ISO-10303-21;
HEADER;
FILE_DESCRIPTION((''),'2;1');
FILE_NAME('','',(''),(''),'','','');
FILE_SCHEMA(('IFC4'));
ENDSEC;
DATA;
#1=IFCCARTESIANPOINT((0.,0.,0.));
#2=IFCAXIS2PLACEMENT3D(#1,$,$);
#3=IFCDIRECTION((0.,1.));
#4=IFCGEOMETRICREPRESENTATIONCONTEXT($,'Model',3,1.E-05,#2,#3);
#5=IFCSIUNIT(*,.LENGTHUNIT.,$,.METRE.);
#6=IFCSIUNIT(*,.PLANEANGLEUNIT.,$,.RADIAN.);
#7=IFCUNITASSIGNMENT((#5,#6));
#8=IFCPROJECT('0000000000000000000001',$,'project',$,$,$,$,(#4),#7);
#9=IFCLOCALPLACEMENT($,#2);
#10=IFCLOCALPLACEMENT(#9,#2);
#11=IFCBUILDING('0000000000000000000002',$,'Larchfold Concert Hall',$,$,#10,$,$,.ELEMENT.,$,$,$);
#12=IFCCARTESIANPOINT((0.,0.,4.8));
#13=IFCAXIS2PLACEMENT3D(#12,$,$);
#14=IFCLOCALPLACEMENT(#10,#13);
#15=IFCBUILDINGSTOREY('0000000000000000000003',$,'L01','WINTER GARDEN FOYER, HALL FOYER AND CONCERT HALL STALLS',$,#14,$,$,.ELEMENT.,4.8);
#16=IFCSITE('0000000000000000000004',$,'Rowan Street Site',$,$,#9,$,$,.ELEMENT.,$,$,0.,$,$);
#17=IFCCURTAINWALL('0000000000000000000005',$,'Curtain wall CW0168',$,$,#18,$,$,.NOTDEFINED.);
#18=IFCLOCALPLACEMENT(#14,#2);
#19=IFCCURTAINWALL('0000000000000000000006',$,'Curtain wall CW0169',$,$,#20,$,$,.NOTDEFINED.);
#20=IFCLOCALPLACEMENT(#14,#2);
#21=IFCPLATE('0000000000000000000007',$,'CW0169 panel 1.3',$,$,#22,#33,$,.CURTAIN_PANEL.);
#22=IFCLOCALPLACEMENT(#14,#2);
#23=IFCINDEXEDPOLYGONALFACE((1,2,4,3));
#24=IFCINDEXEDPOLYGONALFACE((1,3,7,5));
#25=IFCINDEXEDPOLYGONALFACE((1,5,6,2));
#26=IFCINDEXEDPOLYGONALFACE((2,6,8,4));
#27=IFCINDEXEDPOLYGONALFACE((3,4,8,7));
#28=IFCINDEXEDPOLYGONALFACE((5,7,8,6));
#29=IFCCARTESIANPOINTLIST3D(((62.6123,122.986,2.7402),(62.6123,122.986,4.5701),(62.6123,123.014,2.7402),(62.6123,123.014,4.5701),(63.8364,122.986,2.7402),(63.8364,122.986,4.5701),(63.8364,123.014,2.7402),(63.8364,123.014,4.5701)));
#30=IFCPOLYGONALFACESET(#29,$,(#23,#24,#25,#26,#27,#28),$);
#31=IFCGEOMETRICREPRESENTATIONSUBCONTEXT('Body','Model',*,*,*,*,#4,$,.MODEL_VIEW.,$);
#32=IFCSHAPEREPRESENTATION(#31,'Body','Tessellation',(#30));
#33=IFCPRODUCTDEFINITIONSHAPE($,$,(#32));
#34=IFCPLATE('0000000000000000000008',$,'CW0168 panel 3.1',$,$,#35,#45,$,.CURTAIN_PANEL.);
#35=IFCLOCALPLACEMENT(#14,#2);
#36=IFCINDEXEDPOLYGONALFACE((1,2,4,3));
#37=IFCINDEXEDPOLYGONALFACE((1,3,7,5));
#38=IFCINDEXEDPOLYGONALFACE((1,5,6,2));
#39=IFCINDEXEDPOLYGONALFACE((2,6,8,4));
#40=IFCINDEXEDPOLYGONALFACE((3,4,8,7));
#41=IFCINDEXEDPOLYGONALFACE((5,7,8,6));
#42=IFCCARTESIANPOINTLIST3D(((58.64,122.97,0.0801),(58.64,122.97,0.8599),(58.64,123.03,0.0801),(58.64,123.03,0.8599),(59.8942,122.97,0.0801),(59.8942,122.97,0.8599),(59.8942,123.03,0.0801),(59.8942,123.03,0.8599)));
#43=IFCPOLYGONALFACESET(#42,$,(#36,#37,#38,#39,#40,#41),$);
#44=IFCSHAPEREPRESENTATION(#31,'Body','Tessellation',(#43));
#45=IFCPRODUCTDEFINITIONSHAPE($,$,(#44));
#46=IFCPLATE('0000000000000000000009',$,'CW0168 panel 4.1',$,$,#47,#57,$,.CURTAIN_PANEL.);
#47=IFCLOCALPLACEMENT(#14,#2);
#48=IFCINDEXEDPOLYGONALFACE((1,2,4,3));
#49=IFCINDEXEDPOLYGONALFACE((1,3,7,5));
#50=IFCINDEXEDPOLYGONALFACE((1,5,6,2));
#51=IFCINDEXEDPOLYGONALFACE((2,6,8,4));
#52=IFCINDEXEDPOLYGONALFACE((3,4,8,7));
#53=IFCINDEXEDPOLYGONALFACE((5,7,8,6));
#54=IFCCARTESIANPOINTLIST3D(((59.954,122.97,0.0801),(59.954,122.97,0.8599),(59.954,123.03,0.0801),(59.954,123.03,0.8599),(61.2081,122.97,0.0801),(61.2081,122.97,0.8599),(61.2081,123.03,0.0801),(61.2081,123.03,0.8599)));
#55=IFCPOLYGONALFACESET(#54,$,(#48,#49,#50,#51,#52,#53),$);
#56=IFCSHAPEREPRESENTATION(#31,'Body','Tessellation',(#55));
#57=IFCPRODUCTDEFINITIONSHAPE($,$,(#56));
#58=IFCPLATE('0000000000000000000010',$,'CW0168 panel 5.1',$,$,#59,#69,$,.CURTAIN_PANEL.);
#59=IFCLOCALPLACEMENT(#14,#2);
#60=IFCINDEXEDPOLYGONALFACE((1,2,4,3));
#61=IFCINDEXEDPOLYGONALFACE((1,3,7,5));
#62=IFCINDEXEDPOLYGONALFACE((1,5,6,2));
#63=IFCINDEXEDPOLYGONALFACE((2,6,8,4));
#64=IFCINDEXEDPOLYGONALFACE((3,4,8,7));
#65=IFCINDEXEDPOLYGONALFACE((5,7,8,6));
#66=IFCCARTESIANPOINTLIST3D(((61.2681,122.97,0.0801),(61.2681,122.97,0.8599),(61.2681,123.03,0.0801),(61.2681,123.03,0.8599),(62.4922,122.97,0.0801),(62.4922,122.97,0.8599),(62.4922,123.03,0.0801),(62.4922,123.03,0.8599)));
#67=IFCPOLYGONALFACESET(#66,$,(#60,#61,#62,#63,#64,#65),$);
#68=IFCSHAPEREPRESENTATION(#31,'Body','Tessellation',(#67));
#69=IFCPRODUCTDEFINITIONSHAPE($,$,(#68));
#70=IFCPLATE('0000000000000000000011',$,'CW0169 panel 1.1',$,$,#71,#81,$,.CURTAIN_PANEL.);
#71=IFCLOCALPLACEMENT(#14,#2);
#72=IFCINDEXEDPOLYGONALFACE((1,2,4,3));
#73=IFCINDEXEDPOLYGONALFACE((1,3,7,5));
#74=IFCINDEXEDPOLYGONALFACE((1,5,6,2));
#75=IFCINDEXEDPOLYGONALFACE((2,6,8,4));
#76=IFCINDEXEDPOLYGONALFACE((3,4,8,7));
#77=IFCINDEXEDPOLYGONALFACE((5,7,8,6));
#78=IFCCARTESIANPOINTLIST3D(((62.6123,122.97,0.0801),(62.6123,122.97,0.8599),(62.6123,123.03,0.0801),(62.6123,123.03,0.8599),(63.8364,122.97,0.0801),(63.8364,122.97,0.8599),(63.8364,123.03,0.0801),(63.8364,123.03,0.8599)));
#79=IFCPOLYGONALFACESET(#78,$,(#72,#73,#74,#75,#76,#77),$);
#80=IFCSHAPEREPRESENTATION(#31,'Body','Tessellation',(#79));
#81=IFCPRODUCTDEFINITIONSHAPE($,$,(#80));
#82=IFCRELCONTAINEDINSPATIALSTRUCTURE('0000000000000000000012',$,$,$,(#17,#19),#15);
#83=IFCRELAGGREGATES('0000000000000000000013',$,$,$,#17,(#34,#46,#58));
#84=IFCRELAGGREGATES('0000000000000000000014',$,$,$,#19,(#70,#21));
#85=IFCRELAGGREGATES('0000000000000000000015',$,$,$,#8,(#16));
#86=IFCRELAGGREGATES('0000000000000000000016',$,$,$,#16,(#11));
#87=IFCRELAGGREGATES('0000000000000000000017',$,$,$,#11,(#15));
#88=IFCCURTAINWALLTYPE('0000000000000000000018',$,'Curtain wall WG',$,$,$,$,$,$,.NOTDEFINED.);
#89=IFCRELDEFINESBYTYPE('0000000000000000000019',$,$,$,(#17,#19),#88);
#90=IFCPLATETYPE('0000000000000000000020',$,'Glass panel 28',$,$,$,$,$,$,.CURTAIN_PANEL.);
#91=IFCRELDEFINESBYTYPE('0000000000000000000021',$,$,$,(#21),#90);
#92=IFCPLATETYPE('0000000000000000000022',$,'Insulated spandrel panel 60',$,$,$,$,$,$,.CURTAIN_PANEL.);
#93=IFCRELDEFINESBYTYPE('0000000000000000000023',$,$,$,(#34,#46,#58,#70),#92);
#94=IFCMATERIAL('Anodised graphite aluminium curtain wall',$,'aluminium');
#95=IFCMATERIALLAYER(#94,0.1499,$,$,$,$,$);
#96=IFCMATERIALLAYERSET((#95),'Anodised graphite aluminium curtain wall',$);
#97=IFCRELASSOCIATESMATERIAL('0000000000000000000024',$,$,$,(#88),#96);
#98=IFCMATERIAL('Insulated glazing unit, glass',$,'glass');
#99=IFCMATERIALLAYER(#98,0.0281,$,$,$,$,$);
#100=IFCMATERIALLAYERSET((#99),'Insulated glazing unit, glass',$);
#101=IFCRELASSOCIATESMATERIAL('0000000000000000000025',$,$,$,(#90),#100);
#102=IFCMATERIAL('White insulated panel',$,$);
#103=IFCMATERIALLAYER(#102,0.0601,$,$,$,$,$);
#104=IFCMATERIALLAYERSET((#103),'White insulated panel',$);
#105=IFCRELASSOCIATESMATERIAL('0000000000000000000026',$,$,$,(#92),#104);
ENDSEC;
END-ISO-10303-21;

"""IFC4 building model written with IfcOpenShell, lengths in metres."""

from ifc_helpers import new_model, si_unit, direction, frame, origin, origin_2d, place, context, subcontext, project, spatial, rectangle, extrude, material, layer, layer_set, type_object, element, aggregate, save


model = new_model("IFC4")

# Units and contexts
model_context = context("Model", 3, precision=1e-05, world=origin(), true_north=direction((0.0, 1.0)))
body_context = subcontext(model_context, "Body", "Model", "MODEL_VIEW")
ifc_project = project(units=[si_unit("LENGTHUNIT", "METRE"), si_unit("PLANEANGLEUNIT", "RADIAN")], contexts=[model_context])

# Site, building, storey
site_placement = place(None, origin())
site = spatial("IfcSite", under=ifc_project, at=site_placement, Name="Rowan Street Site", CompositionType="ELEMENT", RefElevation=0.0)
building_placement = place(site_placement, origin())
building = spatial("IfcBuilding", under=site, at=building_placement, Name="Larchfold Concert Hall", CompositionType="ELEMENT")
storey_placement = place(building_placement, frame((0.0, 0.0, 4.8)))
storey = spatial("IfcBuildingStorey", under=building, at=storey_placement, Name="L01", Description="WINTER GARDEN FOYER, HALL FOYER AND CONCERT HALL STALLS", CompositionType="ELEMENT", Elevation=4.8)

# Curtain wall
ifc_material_1 = material(Name="Anodised graphite aluminium curtain wall", Category="aluminium")
ifc_layer_1 = layer(ifc_material_1, 0.1499)
ifc_layer_set_1 = layer_set([ifc_layer_1], Name="Anodised graphite aluminium curtain wall")
curtain_wall_type = type_object("IfcCurtainWallType", Name="Curtain wall WG", PredefinedType="NOTDEFINED", material=ifc_layer_set_1)
curtain_wall_1_placement = place(storey_placement, origin())
curtain_wall_1 = element("IfcCurtainWall", 1, at=curtain_wall_1_placement, inside=storey, type_object=curtain_wall_type, Name="Curtain wall CW0168", PredefinedType="NOTDEFINED")

# Curtain wall
curtain_wall_2_placement = place(storey_placement, origin())
curtain_wall_2 = element("IfcCurtainWall", 2, at=curtain_wall_2_placement, inside=storey, type_object=curtain_wall_type, Name="Curtain wall CW0169", PredefinedType="NOTDEFINED")

# Plates
ifc_material_2 = material(Name="Insulated glazing unit, glass", Category="glass")
ifc_layer_2 = layer(ifc_material_2, 0.0281)
ifc_layer_set_2 = layer_set([ifc_layer_2], Name="Insulated glazing unit, glass")
plate_type_1 = type_object("IfcPlateType", Name="Glass panel 28", PredefinedType="CURTAIN_PANEL", material=ifc_layer_set_2)
plate_1_placement = place(storey_placement, frame((63.2244, 123.0, 2.7402), z_axis=(0.0, 0.0, 1.0), x_axis=(1.0, 0.0, 0.0)))
plate_1 = element("IfcPlate", 3, at=plate_1_placement, type_object=plate_type_1, Name="CW0169 panel 1.3", PredefinedType="CURTAIN_PANEL", context=body_context, shape_type="SweptSolid", body=[
    extrude(rectangle(XDim=1.2241, YDim=0.0281, at=origin_2d()), origin(), (0.0, 0.0, 1.0), 1.8298),
])
ifc_material_3 = material(Name="White insulated panel")
ifc_layer_3 = layer(ifc_material_3, 0.0601)
ifc_layer_set_3 = layer_set([ifc_layer_3], Name="White insulated panel")
plate_type_2 = type_object("IfcPlateType", Name="Insulated spandrel panel 60", PredefinedType="CURTAIN_PANEL", material=ifc_layer_set_3)
plate_2_placement = place(storey_placement, frame((59.2671, 123.0, 0.0801), z_axis=(0.0, 0.0, 1.0), x_axis=(1.0, 0.0, 0.0)))
plate_2 = element("IfcPlate", 4, at=plate_2_placement, type_object=plate_type_2, Name="CW0168 panel 3.1", PredefinedType="CURTAIN_PANEL", context=body_context, shape_type="SweptSolid", body=[
    extrude(rectangle(XDim=1.2542, YDim=0.0601, at=origin_2d()), origin(), (0.0, 0.0, 1.0), 0.7798),
])
plate_3_placement = place(storey_placement, frame((60.5811, 123.0, 0.0801), z_axis=(0.0, 0.0, 1.0), x_axis=(1.0, 0.0, 0.0)))
plate_3 = element("IfcPlate", 5, at=plate_3_placement, type_object=plate_type_2, Name="CW0168 panel 4.1", PredefinedType="CURTAIN_PANEL", context=body_context, shape_type="SweptSolid", body=[
    extrude(rectangle(XDim=1.2542, YDim=0.0601, at=origin_2d()), origin(), (0.0, 0.0, 1.0), 0.7798),
])
plate_4_placement = place(storey_placement, frame((61.8801, 123.0, 0.0801), z_axis=(0.0, 0.0, 1.0), x_axis=(1.0, 0.0, 0.0)))
plate_4 = element("IfcPlate", 6, at=plate_4_placement, type_object=plate_type_2, Name="CW0168 panel 5.1", PredefinedType="CURTAIN_PANEL", context=body_context, shape_type="SweptSolid", body=[
    extrude(rectangle(XDim=1.2241, YDim=0.0601, at=origin_2d()), origin(), (0.0, 0.0, 1.0), 0.7798),
])
aggregate(curtain_wall_1, [plate_2, plate_3, plate_4])
plate_5_placement = place(storey_placement, frame((63.2244, 123.0, 0.0801), z_axis=(0.0, 0.0, 1.0), x_axis=(1.0, 0.0, 0.0)))
plate_5 = element("IfcPlate", 7, at=plate_5_placement, type_object=plate_type_2, Name="CW0169 panel 1.1", PredefinedType="CURTAIN_PANEL", context=body_context, shape_type="SweptSolid", body=[
    extrude(rectangle(XDim=1.2241, YDim=0.0601, at=origin_2d()), origin(), (0.0, 0.0, 1.0), 0.7798),
])
aggregate(curtain_wall_2, [plate_5, plate_1])

save(model, "model.ifc")
